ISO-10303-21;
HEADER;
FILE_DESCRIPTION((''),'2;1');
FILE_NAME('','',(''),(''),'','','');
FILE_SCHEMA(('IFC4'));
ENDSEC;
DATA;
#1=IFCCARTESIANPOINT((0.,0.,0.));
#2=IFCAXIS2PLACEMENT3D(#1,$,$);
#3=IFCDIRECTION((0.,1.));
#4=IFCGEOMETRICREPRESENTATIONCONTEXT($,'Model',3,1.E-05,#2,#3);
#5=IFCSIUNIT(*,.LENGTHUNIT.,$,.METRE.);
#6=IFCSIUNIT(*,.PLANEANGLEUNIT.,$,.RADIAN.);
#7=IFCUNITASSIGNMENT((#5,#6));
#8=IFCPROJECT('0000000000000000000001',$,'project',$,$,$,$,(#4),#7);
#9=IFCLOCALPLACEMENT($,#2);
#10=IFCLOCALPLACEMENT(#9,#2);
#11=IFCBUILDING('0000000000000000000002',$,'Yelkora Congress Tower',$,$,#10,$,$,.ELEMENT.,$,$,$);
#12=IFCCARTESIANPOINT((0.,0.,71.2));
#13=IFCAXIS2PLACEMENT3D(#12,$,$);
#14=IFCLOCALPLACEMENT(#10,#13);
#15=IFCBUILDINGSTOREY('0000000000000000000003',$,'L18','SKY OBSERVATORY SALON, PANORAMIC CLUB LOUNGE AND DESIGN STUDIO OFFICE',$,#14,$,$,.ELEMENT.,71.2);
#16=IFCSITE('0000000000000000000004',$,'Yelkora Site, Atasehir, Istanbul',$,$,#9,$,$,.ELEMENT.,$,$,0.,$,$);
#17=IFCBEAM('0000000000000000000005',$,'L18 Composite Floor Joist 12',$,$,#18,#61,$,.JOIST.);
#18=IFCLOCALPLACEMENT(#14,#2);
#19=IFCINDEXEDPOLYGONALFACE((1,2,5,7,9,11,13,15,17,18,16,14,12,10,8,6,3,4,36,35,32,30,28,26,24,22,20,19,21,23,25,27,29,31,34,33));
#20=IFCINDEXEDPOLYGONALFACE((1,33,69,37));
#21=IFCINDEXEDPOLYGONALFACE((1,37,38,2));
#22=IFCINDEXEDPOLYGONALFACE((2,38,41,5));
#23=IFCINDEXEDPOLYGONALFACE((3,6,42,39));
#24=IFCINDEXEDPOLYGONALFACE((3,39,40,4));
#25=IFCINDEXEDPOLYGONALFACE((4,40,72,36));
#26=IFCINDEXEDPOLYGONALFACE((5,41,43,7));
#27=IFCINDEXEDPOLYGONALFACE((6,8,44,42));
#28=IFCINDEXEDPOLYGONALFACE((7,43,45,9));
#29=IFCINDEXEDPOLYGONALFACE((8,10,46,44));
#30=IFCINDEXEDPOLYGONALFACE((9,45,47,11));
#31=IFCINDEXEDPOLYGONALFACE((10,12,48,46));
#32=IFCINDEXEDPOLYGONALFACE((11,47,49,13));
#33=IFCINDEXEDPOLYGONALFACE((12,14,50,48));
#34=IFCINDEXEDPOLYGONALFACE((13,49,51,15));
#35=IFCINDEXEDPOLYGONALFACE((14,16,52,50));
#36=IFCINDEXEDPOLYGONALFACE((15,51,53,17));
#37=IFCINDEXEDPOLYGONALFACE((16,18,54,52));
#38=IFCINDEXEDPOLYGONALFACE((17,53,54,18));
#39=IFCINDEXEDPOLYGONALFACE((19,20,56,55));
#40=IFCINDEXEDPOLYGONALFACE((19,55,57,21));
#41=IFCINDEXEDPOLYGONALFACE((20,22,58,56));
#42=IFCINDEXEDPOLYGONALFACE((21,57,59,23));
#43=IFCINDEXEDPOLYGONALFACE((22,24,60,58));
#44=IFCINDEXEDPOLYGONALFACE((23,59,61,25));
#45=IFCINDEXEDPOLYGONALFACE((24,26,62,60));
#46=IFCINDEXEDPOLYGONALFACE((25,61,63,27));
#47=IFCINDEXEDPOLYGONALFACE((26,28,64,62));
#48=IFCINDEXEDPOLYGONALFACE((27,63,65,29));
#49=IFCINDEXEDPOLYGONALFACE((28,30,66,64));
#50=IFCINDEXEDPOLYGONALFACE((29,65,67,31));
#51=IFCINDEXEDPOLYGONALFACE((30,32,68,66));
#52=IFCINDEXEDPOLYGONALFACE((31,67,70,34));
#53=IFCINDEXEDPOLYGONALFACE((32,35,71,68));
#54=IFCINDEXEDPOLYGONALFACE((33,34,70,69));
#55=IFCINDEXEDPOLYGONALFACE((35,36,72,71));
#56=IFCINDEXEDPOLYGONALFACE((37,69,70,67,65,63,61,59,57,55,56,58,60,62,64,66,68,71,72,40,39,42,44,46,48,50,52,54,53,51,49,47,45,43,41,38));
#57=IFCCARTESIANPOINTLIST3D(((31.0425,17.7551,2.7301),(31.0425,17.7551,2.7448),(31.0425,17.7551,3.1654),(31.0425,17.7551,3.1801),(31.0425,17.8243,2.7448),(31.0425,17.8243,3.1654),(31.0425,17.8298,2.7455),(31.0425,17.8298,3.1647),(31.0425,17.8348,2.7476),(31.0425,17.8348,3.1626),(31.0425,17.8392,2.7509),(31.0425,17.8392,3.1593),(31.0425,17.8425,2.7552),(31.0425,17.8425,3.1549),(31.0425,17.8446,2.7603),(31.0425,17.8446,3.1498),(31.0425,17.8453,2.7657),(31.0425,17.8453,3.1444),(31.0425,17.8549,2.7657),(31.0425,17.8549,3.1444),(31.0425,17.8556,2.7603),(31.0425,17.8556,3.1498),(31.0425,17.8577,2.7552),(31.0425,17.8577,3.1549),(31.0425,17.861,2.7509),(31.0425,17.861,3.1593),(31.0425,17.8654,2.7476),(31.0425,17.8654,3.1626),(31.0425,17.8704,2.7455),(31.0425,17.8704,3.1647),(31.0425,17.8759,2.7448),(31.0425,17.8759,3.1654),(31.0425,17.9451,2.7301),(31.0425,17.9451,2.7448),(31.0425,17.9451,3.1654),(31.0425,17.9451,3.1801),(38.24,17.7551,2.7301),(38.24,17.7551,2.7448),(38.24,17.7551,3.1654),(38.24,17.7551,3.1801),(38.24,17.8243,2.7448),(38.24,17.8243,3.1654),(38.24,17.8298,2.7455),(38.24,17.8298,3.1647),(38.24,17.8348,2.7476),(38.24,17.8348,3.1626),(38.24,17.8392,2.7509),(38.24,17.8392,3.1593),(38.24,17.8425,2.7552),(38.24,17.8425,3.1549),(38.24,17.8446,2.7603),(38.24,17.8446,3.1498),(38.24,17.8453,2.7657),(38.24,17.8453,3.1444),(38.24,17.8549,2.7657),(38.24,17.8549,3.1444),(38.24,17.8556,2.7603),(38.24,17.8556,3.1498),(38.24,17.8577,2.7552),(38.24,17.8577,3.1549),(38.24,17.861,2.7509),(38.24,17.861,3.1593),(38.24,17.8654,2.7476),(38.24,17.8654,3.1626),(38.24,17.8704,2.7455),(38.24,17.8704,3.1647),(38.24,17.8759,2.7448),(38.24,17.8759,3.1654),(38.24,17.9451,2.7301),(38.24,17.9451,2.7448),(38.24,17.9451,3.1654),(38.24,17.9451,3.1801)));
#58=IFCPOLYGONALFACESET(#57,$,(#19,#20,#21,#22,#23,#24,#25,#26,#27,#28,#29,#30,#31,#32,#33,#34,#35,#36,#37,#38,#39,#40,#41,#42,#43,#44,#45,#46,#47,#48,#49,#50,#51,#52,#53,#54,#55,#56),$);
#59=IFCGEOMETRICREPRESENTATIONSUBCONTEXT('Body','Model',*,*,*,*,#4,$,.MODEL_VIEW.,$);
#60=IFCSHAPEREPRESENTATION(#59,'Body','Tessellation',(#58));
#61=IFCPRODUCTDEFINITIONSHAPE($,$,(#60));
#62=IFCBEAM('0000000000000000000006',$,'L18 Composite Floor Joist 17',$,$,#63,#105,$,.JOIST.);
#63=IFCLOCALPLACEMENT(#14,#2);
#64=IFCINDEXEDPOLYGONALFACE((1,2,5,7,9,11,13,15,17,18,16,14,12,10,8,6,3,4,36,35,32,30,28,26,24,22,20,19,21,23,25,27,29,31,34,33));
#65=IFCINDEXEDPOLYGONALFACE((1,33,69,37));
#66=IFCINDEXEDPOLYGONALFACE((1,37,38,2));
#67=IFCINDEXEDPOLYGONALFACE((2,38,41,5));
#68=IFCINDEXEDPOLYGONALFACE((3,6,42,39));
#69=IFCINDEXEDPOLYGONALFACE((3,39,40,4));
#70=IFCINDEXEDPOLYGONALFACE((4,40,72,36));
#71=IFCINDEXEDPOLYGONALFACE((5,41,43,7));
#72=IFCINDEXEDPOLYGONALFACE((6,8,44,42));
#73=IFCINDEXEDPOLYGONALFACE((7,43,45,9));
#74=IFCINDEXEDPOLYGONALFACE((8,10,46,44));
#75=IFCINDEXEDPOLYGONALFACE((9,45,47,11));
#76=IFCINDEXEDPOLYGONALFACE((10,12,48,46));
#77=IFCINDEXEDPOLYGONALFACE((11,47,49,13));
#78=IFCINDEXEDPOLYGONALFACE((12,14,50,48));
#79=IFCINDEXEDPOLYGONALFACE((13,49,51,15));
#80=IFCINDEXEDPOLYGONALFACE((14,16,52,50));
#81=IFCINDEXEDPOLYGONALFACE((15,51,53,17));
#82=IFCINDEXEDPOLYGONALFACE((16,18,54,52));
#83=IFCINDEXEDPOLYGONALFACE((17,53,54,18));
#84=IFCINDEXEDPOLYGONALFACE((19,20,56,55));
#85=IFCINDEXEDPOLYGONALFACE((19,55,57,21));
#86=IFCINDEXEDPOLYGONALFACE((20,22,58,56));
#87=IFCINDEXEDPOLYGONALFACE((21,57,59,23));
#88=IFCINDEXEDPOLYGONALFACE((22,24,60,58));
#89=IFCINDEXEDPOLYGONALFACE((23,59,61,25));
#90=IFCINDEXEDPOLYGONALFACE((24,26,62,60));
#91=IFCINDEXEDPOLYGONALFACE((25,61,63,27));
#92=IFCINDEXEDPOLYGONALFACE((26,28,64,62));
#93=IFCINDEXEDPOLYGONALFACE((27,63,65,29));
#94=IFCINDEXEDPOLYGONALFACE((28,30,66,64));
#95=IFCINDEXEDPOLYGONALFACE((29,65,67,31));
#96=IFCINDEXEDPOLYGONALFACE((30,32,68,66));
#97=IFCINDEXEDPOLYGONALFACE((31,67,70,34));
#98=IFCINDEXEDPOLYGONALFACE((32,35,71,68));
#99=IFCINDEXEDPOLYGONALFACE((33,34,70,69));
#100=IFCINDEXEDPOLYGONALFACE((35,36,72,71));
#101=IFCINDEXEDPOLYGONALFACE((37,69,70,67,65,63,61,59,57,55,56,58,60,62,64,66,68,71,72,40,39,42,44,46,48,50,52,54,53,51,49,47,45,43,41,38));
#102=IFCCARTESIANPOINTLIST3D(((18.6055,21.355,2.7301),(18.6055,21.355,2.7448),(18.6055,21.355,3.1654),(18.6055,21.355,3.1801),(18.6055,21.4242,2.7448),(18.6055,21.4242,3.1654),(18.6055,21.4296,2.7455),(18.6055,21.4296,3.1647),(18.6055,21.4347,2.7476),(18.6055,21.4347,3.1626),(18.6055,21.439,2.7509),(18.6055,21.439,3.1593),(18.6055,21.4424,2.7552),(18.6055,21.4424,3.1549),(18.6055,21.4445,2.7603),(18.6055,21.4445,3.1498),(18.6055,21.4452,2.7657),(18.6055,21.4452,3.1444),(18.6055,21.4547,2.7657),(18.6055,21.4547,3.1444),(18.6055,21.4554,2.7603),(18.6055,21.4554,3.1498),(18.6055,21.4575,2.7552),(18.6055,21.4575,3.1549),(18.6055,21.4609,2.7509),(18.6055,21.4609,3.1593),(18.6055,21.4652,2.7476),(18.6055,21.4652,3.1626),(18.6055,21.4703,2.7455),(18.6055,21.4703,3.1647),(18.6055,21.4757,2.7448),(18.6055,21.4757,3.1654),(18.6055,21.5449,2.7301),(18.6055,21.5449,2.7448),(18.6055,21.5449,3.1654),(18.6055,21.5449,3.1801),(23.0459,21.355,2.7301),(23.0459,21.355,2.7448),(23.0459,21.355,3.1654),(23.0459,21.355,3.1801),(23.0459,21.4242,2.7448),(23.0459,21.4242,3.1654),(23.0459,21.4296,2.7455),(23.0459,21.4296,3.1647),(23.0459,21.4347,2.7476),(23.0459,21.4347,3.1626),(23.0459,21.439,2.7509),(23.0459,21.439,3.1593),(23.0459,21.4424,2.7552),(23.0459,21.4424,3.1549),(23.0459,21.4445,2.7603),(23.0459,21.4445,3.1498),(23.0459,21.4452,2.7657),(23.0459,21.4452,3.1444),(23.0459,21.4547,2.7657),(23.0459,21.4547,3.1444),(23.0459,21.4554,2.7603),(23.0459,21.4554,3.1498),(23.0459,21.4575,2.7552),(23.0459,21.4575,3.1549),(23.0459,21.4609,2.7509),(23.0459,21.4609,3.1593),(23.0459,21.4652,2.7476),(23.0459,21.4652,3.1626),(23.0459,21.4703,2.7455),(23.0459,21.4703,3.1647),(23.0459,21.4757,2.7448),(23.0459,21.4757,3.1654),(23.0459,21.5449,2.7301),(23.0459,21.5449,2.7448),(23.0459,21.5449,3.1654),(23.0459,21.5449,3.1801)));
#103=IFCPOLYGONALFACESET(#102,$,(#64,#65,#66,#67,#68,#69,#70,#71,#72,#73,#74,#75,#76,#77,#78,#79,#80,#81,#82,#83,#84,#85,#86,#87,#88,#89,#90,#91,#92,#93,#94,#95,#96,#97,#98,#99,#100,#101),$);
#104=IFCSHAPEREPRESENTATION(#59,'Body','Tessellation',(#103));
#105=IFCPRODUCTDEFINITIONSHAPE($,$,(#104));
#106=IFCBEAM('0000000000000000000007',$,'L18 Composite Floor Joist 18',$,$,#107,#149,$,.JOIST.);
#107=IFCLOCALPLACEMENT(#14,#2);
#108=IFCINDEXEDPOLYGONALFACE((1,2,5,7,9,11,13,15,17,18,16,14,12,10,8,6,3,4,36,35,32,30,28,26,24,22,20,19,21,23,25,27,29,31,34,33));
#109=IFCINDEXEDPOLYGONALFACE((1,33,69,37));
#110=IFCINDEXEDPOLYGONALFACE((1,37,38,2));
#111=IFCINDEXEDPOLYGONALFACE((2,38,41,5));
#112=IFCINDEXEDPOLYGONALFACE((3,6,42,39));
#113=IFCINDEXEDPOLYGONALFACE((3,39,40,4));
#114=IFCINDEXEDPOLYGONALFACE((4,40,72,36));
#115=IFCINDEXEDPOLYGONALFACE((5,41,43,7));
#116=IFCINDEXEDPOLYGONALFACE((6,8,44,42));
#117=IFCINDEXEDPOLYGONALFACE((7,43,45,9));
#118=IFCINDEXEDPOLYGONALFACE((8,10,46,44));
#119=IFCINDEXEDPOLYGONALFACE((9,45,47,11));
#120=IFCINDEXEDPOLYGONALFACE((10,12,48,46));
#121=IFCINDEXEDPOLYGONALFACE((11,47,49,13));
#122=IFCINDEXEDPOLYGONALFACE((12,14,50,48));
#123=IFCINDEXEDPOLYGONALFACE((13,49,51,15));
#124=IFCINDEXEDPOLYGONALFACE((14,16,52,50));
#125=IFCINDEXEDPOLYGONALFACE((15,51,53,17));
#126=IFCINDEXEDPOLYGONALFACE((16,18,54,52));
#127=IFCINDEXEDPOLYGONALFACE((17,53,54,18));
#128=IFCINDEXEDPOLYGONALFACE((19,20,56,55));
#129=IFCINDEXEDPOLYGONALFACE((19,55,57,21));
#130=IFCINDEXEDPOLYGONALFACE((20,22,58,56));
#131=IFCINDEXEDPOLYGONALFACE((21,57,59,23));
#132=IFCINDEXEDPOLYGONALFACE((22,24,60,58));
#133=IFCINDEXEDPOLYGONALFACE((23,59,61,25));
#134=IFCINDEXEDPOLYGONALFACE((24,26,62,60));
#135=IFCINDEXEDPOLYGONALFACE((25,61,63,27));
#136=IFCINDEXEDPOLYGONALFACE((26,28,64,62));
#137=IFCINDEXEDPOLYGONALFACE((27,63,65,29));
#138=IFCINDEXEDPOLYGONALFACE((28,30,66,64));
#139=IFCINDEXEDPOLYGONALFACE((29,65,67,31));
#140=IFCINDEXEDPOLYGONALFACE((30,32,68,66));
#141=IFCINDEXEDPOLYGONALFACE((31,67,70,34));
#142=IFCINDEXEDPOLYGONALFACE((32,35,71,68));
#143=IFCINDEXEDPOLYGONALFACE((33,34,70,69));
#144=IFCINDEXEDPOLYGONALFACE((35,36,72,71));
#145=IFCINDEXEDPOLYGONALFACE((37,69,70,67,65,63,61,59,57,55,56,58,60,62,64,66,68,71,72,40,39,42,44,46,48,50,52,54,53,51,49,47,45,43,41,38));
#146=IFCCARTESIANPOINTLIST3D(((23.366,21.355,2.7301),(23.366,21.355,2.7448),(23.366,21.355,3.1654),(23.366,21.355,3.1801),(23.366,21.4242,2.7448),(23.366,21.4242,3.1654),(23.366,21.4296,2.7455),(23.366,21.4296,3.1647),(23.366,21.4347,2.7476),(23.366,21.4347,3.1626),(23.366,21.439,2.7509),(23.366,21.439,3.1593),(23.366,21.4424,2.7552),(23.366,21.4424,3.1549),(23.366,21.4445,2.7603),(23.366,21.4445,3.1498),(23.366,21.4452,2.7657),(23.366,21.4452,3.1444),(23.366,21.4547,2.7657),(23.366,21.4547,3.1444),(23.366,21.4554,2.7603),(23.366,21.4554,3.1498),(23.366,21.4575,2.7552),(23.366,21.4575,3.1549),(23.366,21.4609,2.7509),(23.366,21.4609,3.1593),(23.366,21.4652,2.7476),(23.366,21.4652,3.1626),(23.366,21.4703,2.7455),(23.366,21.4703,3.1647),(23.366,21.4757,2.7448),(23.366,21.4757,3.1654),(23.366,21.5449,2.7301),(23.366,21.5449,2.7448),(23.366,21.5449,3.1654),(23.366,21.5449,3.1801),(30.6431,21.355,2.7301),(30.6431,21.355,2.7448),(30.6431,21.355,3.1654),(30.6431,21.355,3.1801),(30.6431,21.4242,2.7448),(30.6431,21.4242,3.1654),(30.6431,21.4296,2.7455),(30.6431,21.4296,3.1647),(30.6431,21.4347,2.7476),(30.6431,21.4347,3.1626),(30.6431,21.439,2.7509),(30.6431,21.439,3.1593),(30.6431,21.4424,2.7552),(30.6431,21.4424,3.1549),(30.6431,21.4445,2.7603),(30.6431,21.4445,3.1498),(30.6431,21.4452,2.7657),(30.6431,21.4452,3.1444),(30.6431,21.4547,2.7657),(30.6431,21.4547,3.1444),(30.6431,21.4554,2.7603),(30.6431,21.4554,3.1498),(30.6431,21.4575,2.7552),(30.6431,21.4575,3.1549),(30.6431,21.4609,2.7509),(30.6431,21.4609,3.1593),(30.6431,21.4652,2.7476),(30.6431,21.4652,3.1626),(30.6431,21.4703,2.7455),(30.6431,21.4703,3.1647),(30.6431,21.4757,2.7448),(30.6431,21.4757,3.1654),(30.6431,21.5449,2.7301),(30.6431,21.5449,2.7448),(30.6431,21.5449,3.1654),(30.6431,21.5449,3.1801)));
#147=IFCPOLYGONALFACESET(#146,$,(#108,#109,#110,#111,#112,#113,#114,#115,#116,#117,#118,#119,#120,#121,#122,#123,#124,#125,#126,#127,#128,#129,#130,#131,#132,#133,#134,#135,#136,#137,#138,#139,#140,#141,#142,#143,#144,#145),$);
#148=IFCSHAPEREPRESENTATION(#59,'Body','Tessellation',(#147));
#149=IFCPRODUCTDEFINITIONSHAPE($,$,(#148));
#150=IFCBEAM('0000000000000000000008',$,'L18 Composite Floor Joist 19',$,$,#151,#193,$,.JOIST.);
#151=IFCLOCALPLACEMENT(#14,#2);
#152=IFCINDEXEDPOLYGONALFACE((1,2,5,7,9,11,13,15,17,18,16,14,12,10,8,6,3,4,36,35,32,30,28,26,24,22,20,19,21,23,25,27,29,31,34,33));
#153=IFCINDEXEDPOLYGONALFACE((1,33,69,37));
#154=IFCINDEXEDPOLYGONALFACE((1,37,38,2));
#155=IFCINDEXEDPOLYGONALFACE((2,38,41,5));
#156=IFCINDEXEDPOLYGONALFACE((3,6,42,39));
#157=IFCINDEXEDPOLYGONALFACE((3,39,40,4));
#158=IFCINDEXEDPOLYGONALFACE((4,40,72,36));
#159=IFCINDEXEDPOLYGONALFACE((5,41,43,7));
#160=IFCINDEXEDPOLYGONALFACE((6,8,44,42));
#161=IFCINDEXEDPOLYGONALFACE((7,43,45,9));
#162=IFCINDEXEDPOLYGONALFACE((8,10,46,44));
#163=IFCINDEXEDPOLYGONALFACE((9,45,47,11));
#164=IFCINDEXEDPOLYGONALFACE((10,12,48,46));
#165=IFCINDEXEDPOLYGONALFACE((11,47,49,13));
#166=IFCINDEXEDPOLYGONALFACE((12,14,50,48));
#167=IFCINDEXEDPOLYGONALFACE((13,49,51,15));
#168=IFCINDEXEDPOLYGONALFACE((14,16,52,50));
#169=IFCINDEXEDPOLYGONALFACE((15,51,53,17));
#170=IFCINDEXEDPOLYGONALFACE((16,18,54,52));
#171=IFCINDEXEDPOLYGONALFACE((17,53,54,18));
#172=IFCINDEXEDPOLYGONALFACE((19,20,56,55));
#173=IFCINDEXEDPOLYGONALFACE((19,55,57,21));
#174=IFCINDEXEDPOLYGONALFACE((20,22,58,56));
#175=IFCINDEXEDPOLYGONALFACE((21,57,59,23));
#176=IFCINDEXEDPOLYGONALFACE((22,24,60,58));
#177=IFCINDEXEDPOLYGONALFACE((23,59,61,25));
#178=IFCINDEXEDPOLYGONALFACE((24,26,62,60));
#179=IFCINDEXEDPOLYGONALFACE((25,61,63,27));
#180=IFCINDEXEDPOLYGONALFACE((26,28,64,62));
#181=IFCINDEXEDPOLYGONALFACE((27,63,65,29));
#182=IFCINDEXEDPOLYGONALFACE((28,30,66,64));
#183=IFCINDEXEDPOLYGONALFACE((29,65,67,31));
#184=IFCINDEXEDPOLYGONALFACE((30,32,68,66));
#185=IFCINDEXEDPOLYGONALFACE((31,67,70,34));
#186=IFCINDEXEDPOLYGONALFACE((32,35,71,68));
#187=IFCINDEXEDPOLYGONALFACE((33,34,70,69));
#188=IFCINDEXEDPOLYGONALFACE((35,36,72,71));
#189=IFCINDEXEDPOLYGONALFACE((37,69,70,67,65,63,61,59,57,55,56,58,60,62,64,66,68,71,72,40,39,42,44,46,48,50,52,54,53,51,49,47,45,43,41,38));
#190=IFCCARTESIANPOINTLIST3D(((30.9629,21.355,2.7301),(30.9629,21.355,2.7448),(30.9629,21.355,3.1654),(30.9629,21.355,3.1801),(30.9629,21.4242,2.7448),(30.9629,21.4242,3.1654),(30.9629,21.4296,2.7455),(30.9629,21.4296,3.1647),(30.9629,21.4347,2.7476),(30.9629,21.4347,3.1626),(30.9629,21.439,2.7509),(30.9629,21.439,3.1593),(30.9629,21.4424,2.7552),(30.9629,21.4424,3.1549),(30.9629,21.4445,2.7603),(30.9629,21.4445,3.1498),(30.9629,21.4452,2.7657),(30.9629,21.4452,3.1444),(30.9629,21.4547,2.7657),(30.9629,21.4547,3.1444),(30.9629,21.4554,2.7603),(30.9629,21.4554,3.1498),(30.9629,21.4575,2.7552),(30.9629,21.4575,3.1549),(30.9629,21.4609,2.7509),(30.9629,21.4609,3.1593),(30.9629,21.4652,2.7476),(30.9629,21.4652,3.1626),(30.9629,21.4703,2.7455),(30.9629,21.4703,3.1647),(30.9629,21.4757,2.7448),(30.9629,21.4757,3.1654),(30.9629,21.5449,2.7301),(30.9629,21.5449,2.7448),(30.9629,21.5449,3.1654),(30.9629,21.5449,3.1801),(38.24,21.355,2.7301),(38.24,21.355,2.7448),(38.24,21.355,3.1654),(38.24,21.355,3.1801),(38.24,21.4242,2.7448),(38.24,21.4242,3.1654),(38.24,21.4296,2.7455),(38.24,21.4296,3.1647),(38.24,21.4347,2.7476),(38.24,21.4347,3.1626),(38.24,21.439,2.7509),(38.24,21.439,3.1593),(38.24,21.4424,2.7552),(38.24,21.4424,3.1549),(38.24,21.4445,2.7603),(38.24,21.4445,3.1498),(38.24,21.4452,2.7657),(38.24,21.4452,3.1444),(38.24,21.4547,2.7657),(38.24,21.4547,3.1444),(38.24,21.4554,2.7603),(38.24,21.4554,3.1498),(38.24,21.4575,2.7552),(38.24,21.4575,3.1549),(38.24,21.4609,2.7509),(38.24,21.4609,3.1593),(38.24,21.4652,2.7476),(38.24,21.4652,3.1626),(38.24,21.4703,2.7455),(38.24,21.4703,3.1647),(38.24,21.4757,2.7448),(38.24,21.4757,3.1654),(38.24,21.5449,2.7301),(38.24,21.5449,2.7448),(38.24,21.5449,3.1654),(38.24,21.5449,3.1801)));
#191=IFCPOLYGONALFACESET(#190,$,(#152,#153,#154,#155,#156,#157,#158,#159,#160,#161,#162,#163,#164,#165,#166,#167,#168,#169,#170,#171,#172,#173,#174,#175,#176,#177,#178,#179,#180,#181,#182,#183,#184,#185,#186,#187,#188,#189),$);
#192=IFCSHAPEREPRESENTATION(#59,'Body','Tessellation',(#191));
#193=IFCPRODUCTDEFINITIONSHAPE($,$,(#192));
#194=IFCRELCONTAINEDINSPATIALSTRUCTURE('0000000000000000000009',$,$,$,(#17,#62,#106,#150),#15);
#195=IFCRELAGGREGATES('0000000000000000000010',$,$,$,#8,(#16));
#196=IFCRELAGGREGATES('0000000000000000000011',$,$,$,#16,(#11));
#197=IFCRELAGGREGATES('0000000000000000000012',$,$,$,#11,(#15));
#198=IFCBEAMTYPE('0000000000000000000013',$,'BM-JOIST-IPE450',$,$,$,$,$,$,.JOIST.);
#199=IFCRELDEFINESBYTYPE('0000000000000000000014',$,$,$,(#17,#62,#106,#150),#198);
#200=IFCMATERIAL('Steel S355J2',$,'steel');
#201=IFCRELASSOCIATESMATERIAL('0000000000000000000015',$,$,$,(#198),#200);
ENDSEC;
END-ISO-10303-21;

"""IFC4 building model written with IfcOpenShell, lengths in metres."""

from ifc_helpers import new_model, si_unit, direction, frame, origin, origin_2d, place, context, subcontext, project, spatial, i_section, extrude, material, material_profile, profile_set, type_object, element, save


model = new_model("IFC4")

# Units and contexts
model_context = context("Model", 3, precision=1e-05, world=origin(), true_north=direction((0.0, 1.0)))
body_context = subcontext(model_context, "Body", "Model", "MODEL_VIEW")
ifc_project = project(units=[si_unit("LENGTHUNIT", "METRE"), si_unit("PLANEANGLEUNIT", "RADIAN")], contexts=[model_context])

# Site, building, storey
site_placement = place(None, origin())
site = spatial("IfcSite", under=ifc_project, at=site_placement, Name="Yelkora Site, Atasehir, Istanbul", CompositionType="ELEMENT", RefElevation=0.0)
building_placement = place(site_placement, origin())
building = spatial("IfcBuilding", under=site, at=building_placement, Name="Yelkora Congress Tower", CompositionType="ELEMENT")
storey_placement = place(building_placement, frame((0.0, 0.0, 71.2)))
storey = spatial("IfcBuildingStorey", under=building, at=storey_placement, Name="L18", Description="SKY OBSERVATORY SALON, PANORAMIC CLUB LOUNGE AND DESIGN STUDIO OFFICE", CompositionType="ELEMENT", Elevation=71.2)

# Beams
ifc_material_1 = material(Name="Steel S355J2", Category="steel")
ifc_material_profile_1 = material_profile(ifc_material_1, i_section(OverallWidth=0.1899, OverallDepth=0.45, WebThickness=0.0095, FlangeThickness=0.0146, FilletRadius=0.021, at=origin_2d()), Name="IPE 450")
ifc_profile_set_1 = profile_set([ifc_material_profile_1], Name="Steel S355J2")
beam_type_1 = type_object("IfcBeamType", Name="BM-JOIST-IPE450", PredefinedType="JOIST", material=ifc_profile_set_1)
for number, where, z_axis, x_axis, name in (
    (1, (31.0425, 17.8501, 2.9551), (1.0, 0.0, 0.0), (0.0, 1.0, 0.0), "L18 Composite Floor Joist 12"),
):
    element("IfcBeam", number, at=place(storey_placement, frame(where, z_axis=z_axis, x_axis=x_axis)), inside=storey, type_object=beam_type_1, Name=name, PredefinedType="JOIST", context=body_context, shape_type="SweptSolid", body=[
        extrude(i_section(OverallWidth=0.1899, OverallDepth=0.45, WebThickness=0.0095, FlangeThickness=0.0146, FilletRadius=0.021, at=origin_2d()), origin(), (0.0, 0.0, 1.0), 7.1975),
    ])
beam_1_placement = place(storey_placement, frame((18.6055, 21.45, 2.9551), z_axis=(1.0, 0.0, 0.0), x_axis=(0.0, 1.0, 0.0)))
element("IfcBeam", 2, at=beam_1_placement, inside=storey, type_object=beam_type_1, Name="L18 Composite Floor Joist 17", PredefinedType="JOIST", context=body_context, shape_type="SweptSolid", body=[
    extrude(i_section(OverallWidth=0.1899, OverallDepth=0.45, WebThickness=0.0095, FlangeThickness=0.0146, FilletRadius=0.021, at=origin_2d()), origin(), (0.0, 0.0, 1.0), 4.4404),
])
for number, where, z_axis, x_axis, name in (
    (3, (23.366, 21.45, 2.9551), (1.0, 0.0, 0.0), (0.0, 1.0, 0.0), "L18 Composite Floor Joist 18"),
    (4, (30.9629, 21.45, 2.9551), (1.0, 0.0, 0.0), (0.0, 1.0, 0.0), "L18 Composite Floor Joist 19"),
):
    element("IfcBeam", number, at=place(storey_placement, frame(where, z_axis=z_axis, x_axis=x_axis)), inside=storey, type_object=beam_type_1, Name=name, PredefinedType="JOIST", context=body_context, shape_type="SweptSolid", body=[
        extrude(i_section(OverallWidth=0.1899, OverallDepth=0.45, WebThickness=0.0095, FlangeThickness=0.0146, FilletRadius=0.021, at=origin_2d()), origin(), (0.0, 0.0, 1.0), 7.2771),
    ])

save(model, "model.ifc")
